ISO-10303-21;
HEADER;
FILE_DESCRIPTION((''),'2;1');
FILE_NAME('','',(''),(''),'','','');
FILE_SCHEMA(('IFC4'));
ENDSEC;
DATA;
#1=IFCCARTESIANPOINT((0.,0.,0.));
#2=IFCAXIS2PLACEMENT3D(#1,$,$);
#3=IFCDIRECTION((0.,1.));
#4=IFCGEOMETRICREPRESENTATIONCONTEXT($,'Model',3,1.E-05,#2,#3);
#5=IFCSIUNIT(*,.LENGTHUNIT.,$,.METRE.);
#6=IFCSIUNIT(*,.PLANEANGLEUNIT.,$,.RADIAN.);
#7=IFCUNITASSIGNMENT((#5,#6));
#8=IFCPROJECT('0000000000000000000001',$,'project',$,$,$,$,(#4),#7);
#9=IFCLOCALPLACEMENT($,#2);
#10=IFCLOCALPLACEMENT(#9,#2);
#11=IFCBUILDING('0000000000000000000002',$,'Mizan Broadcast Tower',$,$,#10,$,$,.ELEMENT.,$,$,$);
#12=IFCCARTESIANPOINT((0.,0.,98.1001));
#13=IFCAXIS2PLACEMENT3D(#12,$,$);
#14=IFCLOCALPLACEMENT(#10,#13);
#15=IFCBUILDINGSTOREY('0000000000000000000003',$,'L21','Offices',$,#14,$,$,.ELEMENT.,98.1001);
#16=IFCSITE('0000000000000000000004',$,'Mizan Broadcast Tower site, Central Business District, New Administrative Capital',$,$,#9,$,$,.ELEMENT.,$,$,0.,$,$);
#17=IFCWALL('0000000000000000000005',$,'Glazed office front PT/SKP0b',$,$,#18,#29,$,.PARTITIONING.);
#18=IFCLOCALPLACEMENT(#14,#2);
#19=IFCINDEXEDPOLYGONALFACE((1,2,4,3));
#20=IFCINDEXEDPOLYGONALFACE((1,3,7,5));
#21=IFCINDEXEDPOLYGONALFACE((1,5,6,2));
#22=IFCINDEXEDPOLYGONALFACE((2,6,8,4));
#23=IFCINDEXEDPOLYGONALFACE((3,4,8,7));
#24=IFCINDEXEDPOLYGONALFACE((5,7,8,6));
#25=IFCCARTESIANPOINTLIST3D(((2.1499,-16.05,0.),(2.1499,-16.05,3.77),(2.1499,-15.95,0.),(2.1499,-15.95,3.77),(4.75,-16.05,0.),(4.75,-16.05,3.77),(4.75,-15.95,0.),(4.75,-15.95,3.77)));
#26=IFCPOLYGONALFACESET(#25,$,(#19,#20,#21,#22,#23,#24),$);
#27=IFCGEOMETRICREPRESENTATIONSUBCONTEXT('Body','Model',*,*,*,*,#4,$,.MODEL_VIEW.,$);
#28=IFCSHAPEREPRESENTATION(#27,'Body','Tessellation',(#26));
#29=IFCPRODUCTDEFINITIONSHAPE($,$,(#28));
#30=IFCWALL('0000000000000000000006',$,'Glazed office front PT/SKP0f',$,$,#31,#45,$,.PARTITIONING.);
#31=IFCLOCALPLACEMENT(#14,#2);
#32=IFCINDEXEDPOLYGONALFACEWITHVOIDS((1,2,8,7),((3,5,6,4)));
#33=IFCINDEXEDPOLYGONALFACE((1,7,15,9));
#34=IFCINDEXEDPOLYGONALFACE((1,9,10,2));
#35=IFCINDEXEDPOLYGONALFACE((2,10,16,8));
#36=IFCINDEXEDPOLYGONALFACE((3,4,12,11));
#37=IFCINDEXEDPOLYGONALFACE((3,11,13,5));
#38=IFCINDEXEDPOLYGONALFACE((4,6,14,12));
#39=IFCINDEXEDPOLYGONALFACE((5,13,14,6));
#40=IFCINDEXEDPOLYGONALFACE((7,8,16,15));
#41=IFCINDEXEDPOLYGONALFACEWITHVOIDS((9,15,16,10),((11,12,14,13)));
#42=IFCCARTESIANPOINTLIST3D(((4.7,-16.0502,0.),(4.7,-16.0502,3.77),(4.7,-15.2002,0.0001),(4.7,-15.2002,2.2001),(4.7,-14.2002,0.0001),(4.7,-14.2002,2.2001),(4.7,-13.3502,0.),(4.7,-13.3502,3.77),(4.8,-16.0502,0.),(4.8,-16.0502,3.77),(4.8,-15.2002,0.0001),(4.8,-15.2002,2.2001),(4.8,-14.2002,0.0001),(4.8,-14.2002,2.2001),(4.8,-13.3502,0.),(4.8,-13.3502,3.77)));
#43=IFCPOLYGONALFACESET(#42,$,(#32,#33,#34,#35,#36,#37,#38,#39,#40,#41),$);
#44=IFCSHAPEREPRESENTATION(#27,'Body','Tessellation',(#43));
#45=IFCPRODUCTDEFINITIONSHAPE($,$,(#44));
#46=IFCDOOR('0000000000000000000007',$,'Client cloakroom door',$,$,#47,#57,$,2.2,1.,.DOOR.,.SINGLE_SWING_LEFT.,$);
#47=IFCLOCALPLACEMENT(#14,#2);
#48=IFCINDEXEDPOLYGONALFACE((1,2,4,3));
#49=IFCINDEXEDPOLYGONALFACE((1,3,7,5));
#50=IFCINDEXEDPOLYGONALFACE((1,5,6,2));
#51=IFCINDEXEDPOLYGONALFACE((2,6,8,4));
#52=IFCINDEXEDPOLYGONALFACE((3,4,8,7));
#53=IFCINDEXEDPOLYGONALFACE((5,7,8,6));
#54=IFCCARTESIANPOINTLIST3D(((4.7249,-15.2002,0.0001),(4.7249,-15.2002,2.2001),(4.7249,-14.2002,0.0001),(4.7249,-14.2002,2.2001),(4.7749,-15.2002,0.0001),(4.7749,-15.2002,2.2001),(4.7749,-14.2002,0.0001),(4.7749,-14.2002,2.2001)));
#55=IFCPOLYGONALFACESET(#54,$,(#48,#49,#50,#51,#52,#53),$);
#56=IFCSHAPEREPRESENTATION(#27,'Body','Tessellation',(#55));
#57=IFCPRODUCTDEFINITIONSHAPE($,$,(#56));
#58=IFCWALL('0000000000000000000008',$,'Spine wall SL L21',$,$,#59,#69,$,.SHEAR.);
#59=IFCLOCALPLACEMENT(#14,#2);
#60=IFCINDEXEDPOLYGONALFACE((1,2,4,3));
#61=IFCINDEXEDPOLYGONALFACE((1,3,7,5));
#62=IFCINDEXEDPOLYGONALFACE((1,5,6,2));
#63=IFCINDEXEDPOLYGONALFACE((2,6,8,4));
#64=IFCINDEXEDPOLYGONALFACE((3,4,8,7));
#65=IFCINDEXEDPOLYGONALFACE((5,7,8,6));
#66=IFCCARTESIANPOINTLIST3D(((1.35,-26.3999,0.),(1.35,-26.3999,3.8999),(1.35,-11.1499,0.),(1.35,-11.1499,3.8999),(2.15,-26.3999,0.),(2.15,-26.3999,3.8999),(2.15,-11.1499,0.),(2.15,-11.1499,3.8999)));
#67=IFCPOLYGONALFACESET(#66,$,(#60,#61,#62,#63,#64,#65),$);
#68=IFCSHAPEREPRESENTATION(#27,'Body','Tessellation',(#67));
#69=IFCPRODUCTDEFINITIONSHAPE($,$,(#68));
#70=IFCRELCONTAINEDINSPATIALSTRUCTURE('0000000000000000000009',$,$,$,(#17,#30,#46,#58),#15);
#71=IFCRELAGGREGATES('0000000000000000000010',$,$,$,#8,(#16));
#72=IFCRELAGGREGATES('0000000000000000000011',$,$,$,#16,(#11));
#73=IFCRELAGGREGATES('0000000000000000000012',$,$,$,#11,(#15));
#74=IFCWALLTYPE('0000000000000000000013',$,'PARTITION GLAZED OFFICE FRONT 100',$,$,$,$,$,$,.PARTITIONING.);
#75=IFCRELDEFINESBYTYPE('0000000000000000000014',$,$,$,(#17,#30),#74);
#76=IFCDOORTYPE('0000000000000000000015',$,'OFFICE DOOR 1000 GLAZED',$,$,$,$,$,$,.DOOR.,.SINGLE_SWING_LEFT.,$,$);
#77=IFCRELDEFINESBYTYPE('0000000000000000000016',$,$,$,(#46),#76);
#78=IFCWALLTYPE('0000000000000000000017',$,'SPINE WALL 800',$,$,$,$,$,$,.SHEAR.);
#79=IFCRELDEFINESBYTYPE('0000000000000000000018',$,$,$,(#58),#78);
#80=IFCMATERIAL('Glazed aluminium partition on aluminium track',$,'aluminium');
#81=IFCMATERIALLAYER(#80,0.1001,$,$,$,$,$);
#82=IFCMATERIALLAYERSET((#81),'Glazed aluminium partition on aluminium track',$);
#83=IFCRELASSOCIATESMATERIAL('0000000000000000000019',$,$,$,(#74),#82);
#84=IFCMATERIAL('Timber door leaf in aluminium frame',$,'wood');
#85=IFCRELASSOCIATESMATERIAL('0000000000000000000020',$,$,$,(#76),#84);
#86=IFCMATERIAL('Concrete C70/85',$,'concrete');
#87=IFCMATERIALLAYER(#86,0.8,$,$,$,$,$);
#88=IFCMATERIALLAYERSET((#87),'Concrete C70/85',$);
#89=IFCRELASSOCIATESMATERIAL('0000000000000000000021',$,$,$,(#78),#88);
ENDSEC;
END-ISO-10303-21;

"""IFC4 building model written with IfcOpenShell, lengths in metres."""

from ifc_helpers import new_model, si_unit, direction, frame, frame_2d, origin, place, context, subcontext, project, spatial, rectangle, extrude, material, layer, layer_set, type_object, element, fill, save


model = new_model("IFC4")

# Units and contexts
model_context = context("Model", 3, precision=1e-05, world=origin(), true_north=direction((0.0, 1.0)))
body_context = subcontext(model_context, "Body", "Model", "MODEL_VIEW")
ifc_project = project(units=[si_unit("LENGTHUNIT", "METRE"), si_unit("PLANEANGLEUNIT", "RADIAN")], contexts=[model_context])

# Site, building, storey
site_placement = place(None, origin())
site = spatial("IfcSite", under=ifc_project, at=site_placement, Name="Mizan Broadcast Tower site, Central Business District, New Administrative Capital", CompositionType="ELEMENT", RefElevation=0.0)
building_placement = place(site_placement, origin())
building = spatial("IfcBuilding", under=site, at=building_placement, Name="Mizan Broadcast Tower", CompositionType="ELEMENT")
storey_placement = place(building_placement, frame((0.0, 0.0, 98.1001)))
storey = spatial("IfcBuildingStorey", under=building, at=storey_placement, Name="L21", Description="Offices", CompositionType="ELEMENT", Elevation=98.1001)

# Wall
ifc_material_1 = material(Name="Glazed aluminium partition on aluminium track", Category="aluminium")
ifc_layer_1 = layer(ifc_material_1, 0.1001)
ifc_layer_set_1 = layer_set([ifc_layer_1], Name="Glazed aluminium partition on aluminium track")
wall_type_1 = type_object("IfcWallType", Name="PARTITION GLAZED OFFICE FRONT 100", PredefinedType="PARTITIONING", material=ifc_layer_set_1)
for number, where, z_axis, x_axis, name in (
    (1, (2.1499, -16.0, 0.0), (0.0, 0.0, 1.0), (1.0, 0.0, 0.0), "Glazed office front PT/SKP0b"),
):
    element("IfcWall", number, at=place(storey_placement, frame(where, z_axis=z_axis, x_axis=x_axis)), inside=storey, type_object=wall_type_1, Name=name, PredefinedType="PARTITIONING", context=body_context, shape_type="SweptSolid", body=[
        extrude(rectangle(XDim=2.6001, YDim=0.1001, at=frame_2d((1.3, 0.0))), origin(), (0.0, 0.0, 1.0), 3.77),
    ])

# Wall, opening, door
wall_1_placement = place(storey_placement, frame((4.75, -13.3501, 0.0), z_axis=(0.0, 0.0, 1.0), x_axis=(0.0, -1.0, 0.0)))
wall_1 = element("IfcWall", 2, at=wall_1_placement, inside=storey, type_object=wall_type_1, Name="Glazed office front PT/SKP0f", PredefinedType="PARTITIONING", context=body_context, shape_type="SweptSolid", body=[
    extrude(rectangle(XDim=2.7, YDim=0.1001, at=frame_2d((1.3501, 0.0))), origin(), (0.0, 0.0, 1.0), 3.77),
])
opening_1_placement = place(wall_1_placement, frame((0.8501, 0.0, 0.0)))
opening_1 = element("IfcOpeningElement", 3, at=opening_1_placement, cuts=wall_1, PredefinedType="OPENING", context=body_context, shape_type="SweptSolid", body=[
    extrude(rectangle(XDim=1.0, YDim=2.2, at=frame_2d((0.5, 1.1001))), frame((0.0, 0.0601, 0.0), z_axis=(0.0, -1.0, 0.0), x_axis=(1.0, 0.0, 0.0)), (0.0, 0.0, 1.0), 0.1201),
])
ifc_material_2 = material(Name="Timber door leaf in aluminium frame", Category="wood")
door_type_1 = type_object("IfcDoorType", Name="OFFICE DOOR 1000 GLAZED", OperationType="SINGLE_SWING_LEFT", PredefinedType="DOOR", material=ifc_material_2)
door_1_placement = place(opening_1_placement, origin())
door_1 = element("IfcDoor", 4, at=door_1_placement, inside=storey, type_object=door_type_1, Name="Client cloakroom door", OperationType="SINGLE_SWING_LEFT", OverallHeight=2.2, OverallWidth=1.0, PredefinedType="DOOR", context=body_context, shape_type="SweptSolid", body=[
    extrude(rectangle(XDim=1.0, YDim=2.2, at=frame_2d((0.5, 1.1001))), frame((0.0, 0.0249, 0.0), z_axis=(0.0, -1.0, 0.0), x_axis=(1.0, 0.0, 0.0)), (0.0, 0.0, 1.0), 0.05),
])
fill(opening_1, door_1)

# Wall
ifc_material_3 = material(Name="Concrete C70/85", Category="concrete")
ifc_layer_2 = layer(ifc_material_3, 0.8)
ifc_layer_set_2 = layer_set([ifc_layer_2], Name="Concrete C70/85")
wall_type_2 = type_object("IfcWallType", Name="SPINE WALL 800", PredefinedType="SHEAR", material=ifc_layer_set_2)
wall_2_placement = place(storey_placement, frame((1.75, -11.1499, 0.0), z_axis=(0.0, 0.0, 1.0), x_axis=(0.0, -1.0, 0.0)))
element("IfcWall", 5, at=wall_2_placement, inside=storey, type_object=wall_type_2, Name="Spine wall SL L21", PredefinedType="SHEAR", context=body_context, shape_type="SweptSolid", body=[
    extrude(rectangle(XDim=15.25, YDim=0.8, at=frame_2d((7.625, 0.0))), origin(), (0.0, 0.0, 1.0), 3.8999),
])

save(model, "model.ifc")
